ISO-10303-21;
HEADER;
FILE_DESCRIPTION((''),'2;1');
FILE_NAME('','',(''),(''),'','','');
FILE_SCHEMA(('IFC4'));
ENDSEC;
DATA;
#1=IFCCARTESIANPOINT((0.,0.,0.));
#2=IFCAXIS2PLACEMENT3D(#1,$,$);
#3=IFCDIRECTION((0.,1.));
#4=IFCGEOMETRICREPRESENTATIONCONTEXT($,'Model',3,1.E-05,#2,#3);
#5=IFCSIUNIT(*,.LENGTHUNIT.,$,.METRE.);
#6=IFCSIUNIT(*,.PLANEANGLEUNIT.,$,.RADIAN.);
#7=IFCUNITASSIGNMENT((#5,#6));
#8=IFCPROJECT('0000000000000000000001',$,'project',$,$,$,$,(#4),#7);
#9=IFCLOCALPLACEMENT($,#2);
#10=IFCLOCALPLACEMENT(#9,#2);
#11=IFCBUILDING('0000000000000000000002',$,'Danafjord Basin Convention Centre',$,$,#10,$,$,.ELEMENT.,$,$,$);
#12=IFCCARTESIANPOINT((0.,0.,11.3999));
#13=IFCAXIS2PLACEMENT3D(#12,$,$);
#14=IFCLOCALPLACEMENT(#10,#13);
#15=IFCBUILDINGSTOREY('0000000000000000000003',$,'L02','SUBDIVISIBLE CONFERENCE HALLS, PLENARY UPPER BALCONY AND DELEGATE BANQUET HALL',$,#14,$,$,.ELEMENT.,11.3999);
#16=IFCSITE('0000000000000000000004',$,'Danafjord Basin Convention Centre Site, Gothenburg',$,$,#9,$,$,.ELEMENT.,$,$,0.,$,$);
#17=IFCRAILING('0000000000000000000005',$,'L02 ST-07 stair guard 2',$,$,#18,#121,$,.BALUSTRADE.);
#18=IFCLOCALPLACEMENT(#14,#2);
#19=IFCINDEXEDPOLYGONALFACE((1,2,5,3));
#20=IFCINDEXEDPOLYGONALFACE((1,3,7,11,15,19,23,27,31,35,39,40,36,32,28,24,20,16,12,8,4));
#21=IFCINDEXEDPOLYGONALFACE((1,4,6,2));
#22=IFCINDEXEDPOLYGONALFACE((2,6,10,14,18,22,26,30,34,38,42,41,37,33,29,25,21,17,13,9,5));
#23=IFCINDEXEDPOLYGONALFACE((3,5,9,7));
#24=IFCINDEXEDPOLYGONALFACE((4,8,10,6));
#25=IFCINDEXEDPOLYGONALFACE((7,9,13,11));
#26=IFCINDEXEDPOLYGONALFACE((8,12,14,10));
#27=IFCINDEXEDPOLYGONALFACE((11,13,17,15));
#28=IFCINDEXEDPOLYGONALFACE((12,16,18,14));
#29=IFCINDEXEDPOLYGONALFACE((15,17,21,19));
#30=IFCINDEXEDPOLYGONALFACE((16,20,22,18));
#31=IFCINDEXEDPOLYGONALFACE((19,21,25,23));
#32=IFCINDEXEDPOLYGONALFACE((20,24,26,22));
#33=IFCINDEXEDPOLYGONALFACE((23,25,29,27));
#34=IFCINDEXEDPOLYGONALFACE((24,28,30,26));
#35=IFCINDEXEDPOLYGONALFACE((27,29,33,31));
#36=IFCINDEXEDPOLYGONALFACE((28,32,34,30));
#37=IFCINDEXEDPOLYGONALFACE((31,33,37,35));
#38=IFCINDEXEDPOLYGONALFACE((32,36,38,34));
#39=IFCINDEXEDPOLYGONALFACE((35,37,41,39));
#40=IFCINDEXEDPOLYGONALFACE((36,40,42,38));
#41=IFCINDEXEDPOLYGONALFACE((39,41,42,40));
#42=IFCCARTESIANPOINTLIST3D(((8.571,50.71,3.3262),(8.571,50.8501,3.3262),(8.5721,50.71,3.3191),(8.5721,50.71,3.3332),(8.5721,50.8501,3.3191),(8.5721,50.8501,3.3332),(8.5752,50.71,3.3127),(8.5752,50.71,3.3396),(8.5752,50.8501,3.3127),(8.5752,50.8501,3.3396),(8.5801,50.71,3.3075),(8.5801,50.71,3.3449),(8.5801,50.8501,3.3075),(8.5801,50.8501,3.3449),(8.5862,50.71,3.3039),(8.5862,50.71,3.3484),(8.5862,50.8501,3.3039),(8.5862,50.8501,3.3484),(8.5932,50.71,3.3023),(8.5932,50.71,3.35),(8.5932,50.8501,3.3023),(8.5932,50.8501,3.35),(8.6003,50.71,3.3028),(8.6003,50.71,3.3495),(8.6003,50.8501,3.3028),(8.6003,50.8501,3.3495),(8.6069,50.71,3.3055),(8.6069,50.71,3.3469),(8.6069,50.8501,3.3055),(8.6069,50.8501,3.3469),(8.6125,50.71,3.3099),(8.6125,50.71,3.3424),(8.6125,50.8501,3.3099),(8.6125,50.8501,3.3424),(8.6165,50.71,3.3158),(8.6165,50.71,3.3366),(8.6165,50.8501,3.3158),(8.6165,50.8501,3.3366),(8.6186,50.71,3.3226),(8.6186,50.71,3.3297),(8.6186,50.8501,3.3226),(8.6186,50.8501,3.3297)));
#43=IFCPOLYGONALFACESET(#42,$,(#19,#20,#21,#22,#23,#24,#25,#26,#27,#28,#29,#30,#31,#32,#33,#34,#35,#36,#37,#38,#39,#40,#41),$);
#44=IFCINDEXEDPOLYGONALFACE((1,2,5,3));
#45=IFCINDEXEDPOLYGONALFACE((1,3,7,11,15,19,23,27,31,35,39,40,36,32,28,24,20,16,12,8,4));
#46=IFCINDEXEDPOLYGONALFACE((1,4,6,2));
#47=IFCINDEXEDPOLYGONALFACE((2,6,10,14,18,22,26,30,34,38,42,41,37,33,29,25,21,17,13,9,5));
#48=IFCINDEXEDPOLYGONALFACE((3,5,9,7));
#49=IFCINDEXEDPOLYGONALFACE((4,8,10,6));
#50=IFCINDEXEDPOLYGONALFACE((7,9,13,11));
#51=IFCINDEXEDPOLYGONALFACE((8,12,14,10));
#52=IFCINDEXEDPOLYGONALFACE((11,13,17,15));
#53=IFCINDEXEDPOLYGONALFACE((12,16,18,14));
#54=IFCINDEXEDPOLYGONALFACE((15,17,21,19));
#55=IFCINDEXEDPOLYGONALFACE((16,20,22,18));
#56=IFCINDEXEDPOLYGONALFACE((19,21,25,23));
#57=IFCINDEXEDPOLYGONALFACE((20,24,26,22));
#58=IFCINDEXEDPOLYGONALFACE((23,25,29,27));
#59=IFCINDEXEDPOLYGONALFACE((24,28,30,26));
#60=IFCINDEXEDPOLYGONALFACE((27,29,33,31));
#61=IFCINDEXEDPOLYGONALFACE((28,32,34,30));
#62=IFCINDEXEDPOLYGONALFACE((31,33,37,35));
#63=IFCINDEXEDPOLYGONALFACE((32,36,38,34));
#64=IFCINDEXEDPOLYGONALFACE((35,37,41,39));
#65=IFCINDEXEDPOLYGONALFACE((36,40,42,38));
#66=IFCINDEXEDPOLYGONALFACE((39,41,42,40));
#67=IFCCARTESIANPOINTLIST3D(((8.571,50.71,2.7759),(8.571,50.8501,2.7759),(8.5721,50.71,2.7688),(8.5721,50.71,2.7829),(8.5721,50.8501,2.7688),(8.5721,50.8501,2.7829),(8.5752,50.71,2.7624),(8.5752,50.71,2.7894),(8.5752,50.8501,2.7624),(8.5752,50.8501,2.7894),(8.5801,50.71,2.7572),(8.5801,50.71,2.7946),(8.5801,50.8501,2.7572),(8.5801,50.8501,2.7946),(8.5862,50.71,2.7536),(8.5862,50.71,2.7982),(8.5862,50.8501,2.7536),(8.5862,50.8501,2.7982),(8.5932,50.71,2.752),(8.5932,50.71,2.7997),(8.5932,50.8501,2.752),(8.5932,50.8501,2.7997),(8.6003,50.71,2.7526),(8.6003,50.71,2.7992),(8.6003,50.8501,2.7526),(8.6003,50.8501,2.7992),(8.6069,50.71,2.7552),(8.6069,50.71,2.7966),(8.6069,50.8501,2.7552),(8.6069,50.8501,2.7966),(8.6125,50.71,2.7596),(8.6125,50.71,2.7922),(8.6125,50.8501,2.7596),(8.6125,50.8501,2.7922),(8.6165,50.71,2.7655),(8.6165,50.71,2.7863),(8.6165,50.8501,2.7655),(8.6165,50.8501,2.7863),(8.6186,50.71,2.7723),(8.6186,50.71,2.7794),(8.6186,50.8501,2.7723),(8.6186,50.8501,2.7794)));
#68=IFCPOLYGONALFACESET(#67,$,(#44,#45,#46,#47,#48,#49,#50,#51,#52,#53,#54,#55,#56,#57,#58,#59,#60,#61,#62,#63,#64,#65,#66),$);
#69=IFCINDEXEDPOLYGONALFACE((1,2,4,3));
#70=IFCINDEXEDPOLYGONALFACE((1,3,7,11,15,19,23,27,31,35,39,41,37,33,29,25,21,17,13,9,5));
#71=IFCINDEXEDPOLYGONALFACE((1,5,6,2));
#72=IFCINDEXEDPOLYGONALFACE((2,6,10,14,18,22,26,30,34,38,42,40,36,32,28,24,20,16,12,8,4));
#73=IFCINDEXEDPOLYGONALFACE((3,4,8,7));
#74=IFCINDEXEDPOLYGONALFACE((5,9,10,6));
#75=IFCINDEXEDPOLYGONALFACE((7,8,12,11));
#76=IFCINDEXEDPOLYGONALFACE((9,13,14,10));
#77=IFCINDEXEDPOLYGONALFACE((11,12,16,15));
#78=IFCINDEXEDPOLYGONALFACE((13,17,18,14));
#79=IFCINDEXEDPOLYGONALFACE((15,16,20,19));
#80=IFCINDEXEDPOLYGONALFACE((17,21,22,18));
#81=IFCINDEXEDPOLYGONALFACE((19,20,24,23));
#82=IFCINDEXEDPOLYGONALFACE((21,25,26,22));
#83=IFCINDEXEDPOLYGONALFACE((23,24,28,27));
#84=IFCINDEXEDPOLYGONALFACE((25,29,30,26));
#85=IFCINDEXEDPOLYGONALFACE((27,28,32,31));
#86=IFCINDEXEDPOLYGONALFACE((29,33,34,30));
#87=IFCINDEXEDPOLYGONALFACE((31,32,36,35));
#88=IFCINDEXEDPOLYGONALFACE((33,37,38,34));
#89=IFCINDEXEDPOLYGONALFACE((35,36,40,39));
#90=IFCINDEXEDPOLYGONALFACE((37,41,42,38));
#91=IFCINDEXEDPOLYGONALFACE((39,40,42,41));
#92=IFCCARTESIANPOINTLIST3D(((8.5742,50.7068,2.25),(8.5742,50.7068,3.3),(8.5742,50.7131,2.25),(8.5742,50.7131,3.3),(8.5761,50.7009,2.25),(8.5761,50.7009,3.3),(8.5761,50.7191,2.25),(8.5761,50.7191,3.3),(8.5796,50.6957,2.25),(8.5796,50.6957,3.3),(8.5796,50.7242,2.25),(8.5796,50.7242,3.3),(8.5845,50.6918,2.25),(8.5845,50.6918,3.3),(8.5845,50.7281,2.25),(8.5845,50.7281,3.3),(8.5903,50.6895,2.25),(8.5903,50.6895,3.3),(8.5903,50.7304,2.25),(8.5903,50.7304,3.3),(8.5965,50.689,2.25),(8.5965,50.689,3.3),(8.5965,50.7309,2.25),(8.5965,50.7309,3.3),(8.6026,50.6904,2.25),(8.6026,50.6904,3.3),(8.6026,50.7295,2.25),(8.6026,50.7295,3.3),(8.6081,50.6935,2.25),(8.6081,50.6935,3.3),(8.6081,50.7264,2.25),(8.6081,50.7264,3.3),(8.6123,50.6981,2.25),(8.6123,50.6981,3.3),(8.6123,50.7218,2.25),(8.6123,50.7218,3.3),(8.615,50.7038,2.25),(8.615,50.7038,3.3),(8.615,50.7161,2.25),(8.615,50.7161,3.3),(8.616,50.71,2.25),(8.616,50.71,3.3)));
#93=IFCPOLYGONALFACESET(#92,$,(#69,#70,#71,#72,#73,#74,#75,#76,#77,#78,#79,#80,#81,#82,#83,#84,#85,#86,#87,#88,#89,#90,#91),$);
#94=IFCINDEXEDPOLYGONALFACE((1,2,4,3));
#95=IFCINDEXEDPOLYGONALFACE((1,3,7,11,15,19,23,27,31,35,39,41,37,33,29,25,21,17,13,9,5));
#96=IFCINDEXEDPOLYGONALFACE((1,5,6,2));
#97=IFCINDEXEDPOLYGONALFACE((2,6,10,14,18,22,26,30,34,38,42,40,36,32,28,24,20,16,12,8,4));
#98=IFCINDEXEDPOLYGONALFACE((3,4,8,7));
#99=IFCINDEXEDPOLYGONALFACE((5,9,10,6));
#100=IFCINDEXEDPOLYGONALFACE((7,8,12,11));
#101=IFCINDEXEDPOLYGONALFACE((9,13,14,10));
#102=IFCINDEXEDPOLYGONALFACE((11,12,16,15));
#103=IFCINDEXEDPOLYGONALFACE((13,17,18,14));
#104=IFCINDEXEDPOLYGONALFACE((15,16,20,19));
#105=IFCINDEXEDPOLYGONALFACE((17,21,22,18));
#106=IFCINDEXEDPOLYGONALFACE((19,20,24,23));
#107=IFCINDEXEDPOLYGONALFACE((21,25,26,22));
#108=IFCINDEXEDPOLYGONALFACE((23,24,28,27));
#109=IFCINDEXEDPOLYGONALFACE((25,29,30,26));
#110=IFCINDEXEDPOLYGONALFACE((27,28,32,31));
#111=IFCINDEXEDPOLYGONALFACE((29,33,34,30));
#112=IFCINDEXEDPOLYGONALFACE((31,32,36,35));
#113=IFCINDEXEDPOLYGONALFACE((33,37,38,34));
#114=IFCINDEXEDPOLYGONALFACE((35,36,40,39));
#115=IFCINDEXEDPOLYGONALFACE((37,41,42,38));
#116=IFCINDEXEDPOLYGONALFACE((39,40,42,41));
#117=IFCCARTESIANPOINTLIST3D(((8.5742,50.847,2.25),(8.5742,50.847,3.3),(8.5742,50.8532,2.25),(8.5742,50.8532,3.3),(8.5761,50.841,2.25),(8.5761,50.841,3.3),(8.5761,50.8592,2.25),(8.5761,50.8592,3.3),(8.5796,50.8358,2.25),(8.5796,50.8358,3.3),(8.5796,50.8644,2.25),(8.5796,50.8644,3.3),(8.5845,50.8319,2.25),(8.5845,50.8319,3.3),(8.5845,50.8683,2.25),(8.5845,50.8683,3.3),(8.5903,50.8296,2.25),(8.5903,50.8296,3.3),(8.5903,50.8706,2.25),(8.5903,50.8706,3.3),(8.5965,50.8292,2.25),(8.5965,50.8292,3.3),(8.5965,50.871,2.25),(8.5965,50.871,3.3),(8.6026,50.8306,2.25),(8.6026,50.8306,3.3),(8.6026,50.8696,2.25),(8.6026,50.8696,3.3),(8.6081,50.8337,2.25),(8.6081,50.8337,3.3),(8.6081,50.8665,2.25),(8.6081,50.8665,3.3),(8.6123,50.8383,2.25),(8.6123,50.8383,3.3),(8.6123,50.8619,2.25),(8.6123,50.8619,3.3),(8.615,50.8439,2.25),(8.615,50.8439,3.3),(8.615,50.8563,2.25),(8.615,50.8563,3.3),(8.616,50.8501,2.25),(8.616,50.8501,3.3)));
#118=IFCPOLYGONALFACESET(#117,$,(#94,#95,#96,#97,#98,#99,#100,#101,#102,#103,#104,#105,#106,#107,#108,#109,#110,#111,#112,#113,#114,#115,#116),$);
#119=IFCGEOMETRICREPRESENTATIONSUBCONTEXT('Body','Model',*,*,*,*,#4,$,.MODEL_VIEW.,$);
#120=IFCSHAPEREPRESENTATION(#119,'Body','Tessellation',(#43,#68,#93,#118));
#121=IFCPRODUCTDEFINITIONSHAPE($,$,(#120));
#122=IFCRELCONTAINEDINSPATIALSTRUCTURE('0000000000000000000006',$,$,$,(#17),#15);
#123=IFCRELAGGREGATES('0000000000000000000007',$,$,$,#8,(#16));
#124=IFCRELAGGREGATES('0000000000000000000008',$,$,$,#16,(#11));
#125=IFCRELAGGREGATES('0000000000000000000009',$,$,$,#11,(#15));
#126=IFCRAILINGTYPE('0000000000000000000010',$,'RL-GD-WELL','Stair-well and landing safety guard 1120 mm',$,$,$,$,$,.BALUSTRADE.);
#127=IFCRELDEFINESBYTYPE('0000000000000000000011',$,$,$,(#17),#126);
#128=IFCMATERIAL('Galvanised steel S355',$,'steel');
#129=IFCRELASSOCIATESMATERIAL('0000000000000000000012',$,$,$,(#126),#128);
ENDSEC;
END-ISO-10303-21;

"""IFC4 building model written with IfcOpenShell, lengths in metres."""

from ifc_helpers import new_model, si_unit, direction, frame, origin, origin_2d, place, context, subcontext, project, spatial, circle, extrude, material, type_object, element, save


model = new_model("IFC4")

# Units and contexts
model_context = context("Model", 3, precision=1e-05, world=origin(), true_north=direction((0.0, 1.0)))
body_context = subcontext(model_context, "Body", "Model", "MODEL_VIEW")
ifc_project = project(units=[si_unit("LENGTHUNIT", "METRE"), si_unit("PLANEANGLEUNIT", "RADIAN")], contexts=[model_context])

# Site, building, storey
site_placement = place(None, origin())
site = spatial("IfcSite", under=ifc_project, at=site_placement, Name="Danafjord Basin Convention Centre Site, Gothenburg", CompositionType="ELEMENT", RefElevation=0.0)
building_placement = place(site_placement, origin())
building = spatial("IfcBuilding", under=site, at=building_placement, Name="Danafjord Basin Convention Centre", CompositionType="ELEMENT")
storey_placement = place(building_placement, frame((0.0, 0.0, 11.3999)))
storey = spatial("IfcBuildingStorey", under=building, at=storey_placement, Name="L02", Description="SUBDIVISIBLE CONFERENCE HALLS, PLENARY UPPER BALCONY AND DELEGATE BANQUET HALL", CompositionType="ELEMENT", Elevation=11.3999)

# Railing
ifc_material_1 = material(Name="Galvanised steel S355", Category="steel")
railing_type_1 = type_object("IfcRailingType", Name="RL-GD-WELL", Description="Stair-well and landing safety guard 1120 mm", PredefinedType="BALUSTRADE", material=ifc_material_1)
railing_1_placement = place(storey_placement, frame((8.595, 50.71, 2.25)))
element("IfcRailing", 1, at=railing_1_placement, inside=storey, type_object=railing_type_1, Name="L02 ST-07 stair guard 2", PredefinedType="BALUSTRADE", context=body_context, shape_type="SweptSolid", body=[
    extrude(circle(Radius=0.0239, at=origin_2d()), frame((0.0, 0.0, 1.0762), z_axis=(0.0, 1.0, 0.0), x_axis=(-1.0, 0.0, 0.0)), (0.0, 0.0, 1.0), 0.1401),
    extrude(circle(Radius=0.0239, at=origin_2d()), frame((0.0, 0.0, 0.5259), z_axis=(0.0, 1.0, 0.0), x_axis=(-1.0, 0.0, 0.0)), (0.0, 0.0, 1.0), 0.1401),
    extrude(circle(Radius=0.021, at=origin_2d()), origin(), (0.0, 0.0, 1.0), 1.05),
    extrude(circle(Radius=0.021, at=origin_2d()), frame((0.0, 0.1401, 0.0)), (0.0, 0.0, 1.0), 1.05),
])

save(model, "model.ifc")
